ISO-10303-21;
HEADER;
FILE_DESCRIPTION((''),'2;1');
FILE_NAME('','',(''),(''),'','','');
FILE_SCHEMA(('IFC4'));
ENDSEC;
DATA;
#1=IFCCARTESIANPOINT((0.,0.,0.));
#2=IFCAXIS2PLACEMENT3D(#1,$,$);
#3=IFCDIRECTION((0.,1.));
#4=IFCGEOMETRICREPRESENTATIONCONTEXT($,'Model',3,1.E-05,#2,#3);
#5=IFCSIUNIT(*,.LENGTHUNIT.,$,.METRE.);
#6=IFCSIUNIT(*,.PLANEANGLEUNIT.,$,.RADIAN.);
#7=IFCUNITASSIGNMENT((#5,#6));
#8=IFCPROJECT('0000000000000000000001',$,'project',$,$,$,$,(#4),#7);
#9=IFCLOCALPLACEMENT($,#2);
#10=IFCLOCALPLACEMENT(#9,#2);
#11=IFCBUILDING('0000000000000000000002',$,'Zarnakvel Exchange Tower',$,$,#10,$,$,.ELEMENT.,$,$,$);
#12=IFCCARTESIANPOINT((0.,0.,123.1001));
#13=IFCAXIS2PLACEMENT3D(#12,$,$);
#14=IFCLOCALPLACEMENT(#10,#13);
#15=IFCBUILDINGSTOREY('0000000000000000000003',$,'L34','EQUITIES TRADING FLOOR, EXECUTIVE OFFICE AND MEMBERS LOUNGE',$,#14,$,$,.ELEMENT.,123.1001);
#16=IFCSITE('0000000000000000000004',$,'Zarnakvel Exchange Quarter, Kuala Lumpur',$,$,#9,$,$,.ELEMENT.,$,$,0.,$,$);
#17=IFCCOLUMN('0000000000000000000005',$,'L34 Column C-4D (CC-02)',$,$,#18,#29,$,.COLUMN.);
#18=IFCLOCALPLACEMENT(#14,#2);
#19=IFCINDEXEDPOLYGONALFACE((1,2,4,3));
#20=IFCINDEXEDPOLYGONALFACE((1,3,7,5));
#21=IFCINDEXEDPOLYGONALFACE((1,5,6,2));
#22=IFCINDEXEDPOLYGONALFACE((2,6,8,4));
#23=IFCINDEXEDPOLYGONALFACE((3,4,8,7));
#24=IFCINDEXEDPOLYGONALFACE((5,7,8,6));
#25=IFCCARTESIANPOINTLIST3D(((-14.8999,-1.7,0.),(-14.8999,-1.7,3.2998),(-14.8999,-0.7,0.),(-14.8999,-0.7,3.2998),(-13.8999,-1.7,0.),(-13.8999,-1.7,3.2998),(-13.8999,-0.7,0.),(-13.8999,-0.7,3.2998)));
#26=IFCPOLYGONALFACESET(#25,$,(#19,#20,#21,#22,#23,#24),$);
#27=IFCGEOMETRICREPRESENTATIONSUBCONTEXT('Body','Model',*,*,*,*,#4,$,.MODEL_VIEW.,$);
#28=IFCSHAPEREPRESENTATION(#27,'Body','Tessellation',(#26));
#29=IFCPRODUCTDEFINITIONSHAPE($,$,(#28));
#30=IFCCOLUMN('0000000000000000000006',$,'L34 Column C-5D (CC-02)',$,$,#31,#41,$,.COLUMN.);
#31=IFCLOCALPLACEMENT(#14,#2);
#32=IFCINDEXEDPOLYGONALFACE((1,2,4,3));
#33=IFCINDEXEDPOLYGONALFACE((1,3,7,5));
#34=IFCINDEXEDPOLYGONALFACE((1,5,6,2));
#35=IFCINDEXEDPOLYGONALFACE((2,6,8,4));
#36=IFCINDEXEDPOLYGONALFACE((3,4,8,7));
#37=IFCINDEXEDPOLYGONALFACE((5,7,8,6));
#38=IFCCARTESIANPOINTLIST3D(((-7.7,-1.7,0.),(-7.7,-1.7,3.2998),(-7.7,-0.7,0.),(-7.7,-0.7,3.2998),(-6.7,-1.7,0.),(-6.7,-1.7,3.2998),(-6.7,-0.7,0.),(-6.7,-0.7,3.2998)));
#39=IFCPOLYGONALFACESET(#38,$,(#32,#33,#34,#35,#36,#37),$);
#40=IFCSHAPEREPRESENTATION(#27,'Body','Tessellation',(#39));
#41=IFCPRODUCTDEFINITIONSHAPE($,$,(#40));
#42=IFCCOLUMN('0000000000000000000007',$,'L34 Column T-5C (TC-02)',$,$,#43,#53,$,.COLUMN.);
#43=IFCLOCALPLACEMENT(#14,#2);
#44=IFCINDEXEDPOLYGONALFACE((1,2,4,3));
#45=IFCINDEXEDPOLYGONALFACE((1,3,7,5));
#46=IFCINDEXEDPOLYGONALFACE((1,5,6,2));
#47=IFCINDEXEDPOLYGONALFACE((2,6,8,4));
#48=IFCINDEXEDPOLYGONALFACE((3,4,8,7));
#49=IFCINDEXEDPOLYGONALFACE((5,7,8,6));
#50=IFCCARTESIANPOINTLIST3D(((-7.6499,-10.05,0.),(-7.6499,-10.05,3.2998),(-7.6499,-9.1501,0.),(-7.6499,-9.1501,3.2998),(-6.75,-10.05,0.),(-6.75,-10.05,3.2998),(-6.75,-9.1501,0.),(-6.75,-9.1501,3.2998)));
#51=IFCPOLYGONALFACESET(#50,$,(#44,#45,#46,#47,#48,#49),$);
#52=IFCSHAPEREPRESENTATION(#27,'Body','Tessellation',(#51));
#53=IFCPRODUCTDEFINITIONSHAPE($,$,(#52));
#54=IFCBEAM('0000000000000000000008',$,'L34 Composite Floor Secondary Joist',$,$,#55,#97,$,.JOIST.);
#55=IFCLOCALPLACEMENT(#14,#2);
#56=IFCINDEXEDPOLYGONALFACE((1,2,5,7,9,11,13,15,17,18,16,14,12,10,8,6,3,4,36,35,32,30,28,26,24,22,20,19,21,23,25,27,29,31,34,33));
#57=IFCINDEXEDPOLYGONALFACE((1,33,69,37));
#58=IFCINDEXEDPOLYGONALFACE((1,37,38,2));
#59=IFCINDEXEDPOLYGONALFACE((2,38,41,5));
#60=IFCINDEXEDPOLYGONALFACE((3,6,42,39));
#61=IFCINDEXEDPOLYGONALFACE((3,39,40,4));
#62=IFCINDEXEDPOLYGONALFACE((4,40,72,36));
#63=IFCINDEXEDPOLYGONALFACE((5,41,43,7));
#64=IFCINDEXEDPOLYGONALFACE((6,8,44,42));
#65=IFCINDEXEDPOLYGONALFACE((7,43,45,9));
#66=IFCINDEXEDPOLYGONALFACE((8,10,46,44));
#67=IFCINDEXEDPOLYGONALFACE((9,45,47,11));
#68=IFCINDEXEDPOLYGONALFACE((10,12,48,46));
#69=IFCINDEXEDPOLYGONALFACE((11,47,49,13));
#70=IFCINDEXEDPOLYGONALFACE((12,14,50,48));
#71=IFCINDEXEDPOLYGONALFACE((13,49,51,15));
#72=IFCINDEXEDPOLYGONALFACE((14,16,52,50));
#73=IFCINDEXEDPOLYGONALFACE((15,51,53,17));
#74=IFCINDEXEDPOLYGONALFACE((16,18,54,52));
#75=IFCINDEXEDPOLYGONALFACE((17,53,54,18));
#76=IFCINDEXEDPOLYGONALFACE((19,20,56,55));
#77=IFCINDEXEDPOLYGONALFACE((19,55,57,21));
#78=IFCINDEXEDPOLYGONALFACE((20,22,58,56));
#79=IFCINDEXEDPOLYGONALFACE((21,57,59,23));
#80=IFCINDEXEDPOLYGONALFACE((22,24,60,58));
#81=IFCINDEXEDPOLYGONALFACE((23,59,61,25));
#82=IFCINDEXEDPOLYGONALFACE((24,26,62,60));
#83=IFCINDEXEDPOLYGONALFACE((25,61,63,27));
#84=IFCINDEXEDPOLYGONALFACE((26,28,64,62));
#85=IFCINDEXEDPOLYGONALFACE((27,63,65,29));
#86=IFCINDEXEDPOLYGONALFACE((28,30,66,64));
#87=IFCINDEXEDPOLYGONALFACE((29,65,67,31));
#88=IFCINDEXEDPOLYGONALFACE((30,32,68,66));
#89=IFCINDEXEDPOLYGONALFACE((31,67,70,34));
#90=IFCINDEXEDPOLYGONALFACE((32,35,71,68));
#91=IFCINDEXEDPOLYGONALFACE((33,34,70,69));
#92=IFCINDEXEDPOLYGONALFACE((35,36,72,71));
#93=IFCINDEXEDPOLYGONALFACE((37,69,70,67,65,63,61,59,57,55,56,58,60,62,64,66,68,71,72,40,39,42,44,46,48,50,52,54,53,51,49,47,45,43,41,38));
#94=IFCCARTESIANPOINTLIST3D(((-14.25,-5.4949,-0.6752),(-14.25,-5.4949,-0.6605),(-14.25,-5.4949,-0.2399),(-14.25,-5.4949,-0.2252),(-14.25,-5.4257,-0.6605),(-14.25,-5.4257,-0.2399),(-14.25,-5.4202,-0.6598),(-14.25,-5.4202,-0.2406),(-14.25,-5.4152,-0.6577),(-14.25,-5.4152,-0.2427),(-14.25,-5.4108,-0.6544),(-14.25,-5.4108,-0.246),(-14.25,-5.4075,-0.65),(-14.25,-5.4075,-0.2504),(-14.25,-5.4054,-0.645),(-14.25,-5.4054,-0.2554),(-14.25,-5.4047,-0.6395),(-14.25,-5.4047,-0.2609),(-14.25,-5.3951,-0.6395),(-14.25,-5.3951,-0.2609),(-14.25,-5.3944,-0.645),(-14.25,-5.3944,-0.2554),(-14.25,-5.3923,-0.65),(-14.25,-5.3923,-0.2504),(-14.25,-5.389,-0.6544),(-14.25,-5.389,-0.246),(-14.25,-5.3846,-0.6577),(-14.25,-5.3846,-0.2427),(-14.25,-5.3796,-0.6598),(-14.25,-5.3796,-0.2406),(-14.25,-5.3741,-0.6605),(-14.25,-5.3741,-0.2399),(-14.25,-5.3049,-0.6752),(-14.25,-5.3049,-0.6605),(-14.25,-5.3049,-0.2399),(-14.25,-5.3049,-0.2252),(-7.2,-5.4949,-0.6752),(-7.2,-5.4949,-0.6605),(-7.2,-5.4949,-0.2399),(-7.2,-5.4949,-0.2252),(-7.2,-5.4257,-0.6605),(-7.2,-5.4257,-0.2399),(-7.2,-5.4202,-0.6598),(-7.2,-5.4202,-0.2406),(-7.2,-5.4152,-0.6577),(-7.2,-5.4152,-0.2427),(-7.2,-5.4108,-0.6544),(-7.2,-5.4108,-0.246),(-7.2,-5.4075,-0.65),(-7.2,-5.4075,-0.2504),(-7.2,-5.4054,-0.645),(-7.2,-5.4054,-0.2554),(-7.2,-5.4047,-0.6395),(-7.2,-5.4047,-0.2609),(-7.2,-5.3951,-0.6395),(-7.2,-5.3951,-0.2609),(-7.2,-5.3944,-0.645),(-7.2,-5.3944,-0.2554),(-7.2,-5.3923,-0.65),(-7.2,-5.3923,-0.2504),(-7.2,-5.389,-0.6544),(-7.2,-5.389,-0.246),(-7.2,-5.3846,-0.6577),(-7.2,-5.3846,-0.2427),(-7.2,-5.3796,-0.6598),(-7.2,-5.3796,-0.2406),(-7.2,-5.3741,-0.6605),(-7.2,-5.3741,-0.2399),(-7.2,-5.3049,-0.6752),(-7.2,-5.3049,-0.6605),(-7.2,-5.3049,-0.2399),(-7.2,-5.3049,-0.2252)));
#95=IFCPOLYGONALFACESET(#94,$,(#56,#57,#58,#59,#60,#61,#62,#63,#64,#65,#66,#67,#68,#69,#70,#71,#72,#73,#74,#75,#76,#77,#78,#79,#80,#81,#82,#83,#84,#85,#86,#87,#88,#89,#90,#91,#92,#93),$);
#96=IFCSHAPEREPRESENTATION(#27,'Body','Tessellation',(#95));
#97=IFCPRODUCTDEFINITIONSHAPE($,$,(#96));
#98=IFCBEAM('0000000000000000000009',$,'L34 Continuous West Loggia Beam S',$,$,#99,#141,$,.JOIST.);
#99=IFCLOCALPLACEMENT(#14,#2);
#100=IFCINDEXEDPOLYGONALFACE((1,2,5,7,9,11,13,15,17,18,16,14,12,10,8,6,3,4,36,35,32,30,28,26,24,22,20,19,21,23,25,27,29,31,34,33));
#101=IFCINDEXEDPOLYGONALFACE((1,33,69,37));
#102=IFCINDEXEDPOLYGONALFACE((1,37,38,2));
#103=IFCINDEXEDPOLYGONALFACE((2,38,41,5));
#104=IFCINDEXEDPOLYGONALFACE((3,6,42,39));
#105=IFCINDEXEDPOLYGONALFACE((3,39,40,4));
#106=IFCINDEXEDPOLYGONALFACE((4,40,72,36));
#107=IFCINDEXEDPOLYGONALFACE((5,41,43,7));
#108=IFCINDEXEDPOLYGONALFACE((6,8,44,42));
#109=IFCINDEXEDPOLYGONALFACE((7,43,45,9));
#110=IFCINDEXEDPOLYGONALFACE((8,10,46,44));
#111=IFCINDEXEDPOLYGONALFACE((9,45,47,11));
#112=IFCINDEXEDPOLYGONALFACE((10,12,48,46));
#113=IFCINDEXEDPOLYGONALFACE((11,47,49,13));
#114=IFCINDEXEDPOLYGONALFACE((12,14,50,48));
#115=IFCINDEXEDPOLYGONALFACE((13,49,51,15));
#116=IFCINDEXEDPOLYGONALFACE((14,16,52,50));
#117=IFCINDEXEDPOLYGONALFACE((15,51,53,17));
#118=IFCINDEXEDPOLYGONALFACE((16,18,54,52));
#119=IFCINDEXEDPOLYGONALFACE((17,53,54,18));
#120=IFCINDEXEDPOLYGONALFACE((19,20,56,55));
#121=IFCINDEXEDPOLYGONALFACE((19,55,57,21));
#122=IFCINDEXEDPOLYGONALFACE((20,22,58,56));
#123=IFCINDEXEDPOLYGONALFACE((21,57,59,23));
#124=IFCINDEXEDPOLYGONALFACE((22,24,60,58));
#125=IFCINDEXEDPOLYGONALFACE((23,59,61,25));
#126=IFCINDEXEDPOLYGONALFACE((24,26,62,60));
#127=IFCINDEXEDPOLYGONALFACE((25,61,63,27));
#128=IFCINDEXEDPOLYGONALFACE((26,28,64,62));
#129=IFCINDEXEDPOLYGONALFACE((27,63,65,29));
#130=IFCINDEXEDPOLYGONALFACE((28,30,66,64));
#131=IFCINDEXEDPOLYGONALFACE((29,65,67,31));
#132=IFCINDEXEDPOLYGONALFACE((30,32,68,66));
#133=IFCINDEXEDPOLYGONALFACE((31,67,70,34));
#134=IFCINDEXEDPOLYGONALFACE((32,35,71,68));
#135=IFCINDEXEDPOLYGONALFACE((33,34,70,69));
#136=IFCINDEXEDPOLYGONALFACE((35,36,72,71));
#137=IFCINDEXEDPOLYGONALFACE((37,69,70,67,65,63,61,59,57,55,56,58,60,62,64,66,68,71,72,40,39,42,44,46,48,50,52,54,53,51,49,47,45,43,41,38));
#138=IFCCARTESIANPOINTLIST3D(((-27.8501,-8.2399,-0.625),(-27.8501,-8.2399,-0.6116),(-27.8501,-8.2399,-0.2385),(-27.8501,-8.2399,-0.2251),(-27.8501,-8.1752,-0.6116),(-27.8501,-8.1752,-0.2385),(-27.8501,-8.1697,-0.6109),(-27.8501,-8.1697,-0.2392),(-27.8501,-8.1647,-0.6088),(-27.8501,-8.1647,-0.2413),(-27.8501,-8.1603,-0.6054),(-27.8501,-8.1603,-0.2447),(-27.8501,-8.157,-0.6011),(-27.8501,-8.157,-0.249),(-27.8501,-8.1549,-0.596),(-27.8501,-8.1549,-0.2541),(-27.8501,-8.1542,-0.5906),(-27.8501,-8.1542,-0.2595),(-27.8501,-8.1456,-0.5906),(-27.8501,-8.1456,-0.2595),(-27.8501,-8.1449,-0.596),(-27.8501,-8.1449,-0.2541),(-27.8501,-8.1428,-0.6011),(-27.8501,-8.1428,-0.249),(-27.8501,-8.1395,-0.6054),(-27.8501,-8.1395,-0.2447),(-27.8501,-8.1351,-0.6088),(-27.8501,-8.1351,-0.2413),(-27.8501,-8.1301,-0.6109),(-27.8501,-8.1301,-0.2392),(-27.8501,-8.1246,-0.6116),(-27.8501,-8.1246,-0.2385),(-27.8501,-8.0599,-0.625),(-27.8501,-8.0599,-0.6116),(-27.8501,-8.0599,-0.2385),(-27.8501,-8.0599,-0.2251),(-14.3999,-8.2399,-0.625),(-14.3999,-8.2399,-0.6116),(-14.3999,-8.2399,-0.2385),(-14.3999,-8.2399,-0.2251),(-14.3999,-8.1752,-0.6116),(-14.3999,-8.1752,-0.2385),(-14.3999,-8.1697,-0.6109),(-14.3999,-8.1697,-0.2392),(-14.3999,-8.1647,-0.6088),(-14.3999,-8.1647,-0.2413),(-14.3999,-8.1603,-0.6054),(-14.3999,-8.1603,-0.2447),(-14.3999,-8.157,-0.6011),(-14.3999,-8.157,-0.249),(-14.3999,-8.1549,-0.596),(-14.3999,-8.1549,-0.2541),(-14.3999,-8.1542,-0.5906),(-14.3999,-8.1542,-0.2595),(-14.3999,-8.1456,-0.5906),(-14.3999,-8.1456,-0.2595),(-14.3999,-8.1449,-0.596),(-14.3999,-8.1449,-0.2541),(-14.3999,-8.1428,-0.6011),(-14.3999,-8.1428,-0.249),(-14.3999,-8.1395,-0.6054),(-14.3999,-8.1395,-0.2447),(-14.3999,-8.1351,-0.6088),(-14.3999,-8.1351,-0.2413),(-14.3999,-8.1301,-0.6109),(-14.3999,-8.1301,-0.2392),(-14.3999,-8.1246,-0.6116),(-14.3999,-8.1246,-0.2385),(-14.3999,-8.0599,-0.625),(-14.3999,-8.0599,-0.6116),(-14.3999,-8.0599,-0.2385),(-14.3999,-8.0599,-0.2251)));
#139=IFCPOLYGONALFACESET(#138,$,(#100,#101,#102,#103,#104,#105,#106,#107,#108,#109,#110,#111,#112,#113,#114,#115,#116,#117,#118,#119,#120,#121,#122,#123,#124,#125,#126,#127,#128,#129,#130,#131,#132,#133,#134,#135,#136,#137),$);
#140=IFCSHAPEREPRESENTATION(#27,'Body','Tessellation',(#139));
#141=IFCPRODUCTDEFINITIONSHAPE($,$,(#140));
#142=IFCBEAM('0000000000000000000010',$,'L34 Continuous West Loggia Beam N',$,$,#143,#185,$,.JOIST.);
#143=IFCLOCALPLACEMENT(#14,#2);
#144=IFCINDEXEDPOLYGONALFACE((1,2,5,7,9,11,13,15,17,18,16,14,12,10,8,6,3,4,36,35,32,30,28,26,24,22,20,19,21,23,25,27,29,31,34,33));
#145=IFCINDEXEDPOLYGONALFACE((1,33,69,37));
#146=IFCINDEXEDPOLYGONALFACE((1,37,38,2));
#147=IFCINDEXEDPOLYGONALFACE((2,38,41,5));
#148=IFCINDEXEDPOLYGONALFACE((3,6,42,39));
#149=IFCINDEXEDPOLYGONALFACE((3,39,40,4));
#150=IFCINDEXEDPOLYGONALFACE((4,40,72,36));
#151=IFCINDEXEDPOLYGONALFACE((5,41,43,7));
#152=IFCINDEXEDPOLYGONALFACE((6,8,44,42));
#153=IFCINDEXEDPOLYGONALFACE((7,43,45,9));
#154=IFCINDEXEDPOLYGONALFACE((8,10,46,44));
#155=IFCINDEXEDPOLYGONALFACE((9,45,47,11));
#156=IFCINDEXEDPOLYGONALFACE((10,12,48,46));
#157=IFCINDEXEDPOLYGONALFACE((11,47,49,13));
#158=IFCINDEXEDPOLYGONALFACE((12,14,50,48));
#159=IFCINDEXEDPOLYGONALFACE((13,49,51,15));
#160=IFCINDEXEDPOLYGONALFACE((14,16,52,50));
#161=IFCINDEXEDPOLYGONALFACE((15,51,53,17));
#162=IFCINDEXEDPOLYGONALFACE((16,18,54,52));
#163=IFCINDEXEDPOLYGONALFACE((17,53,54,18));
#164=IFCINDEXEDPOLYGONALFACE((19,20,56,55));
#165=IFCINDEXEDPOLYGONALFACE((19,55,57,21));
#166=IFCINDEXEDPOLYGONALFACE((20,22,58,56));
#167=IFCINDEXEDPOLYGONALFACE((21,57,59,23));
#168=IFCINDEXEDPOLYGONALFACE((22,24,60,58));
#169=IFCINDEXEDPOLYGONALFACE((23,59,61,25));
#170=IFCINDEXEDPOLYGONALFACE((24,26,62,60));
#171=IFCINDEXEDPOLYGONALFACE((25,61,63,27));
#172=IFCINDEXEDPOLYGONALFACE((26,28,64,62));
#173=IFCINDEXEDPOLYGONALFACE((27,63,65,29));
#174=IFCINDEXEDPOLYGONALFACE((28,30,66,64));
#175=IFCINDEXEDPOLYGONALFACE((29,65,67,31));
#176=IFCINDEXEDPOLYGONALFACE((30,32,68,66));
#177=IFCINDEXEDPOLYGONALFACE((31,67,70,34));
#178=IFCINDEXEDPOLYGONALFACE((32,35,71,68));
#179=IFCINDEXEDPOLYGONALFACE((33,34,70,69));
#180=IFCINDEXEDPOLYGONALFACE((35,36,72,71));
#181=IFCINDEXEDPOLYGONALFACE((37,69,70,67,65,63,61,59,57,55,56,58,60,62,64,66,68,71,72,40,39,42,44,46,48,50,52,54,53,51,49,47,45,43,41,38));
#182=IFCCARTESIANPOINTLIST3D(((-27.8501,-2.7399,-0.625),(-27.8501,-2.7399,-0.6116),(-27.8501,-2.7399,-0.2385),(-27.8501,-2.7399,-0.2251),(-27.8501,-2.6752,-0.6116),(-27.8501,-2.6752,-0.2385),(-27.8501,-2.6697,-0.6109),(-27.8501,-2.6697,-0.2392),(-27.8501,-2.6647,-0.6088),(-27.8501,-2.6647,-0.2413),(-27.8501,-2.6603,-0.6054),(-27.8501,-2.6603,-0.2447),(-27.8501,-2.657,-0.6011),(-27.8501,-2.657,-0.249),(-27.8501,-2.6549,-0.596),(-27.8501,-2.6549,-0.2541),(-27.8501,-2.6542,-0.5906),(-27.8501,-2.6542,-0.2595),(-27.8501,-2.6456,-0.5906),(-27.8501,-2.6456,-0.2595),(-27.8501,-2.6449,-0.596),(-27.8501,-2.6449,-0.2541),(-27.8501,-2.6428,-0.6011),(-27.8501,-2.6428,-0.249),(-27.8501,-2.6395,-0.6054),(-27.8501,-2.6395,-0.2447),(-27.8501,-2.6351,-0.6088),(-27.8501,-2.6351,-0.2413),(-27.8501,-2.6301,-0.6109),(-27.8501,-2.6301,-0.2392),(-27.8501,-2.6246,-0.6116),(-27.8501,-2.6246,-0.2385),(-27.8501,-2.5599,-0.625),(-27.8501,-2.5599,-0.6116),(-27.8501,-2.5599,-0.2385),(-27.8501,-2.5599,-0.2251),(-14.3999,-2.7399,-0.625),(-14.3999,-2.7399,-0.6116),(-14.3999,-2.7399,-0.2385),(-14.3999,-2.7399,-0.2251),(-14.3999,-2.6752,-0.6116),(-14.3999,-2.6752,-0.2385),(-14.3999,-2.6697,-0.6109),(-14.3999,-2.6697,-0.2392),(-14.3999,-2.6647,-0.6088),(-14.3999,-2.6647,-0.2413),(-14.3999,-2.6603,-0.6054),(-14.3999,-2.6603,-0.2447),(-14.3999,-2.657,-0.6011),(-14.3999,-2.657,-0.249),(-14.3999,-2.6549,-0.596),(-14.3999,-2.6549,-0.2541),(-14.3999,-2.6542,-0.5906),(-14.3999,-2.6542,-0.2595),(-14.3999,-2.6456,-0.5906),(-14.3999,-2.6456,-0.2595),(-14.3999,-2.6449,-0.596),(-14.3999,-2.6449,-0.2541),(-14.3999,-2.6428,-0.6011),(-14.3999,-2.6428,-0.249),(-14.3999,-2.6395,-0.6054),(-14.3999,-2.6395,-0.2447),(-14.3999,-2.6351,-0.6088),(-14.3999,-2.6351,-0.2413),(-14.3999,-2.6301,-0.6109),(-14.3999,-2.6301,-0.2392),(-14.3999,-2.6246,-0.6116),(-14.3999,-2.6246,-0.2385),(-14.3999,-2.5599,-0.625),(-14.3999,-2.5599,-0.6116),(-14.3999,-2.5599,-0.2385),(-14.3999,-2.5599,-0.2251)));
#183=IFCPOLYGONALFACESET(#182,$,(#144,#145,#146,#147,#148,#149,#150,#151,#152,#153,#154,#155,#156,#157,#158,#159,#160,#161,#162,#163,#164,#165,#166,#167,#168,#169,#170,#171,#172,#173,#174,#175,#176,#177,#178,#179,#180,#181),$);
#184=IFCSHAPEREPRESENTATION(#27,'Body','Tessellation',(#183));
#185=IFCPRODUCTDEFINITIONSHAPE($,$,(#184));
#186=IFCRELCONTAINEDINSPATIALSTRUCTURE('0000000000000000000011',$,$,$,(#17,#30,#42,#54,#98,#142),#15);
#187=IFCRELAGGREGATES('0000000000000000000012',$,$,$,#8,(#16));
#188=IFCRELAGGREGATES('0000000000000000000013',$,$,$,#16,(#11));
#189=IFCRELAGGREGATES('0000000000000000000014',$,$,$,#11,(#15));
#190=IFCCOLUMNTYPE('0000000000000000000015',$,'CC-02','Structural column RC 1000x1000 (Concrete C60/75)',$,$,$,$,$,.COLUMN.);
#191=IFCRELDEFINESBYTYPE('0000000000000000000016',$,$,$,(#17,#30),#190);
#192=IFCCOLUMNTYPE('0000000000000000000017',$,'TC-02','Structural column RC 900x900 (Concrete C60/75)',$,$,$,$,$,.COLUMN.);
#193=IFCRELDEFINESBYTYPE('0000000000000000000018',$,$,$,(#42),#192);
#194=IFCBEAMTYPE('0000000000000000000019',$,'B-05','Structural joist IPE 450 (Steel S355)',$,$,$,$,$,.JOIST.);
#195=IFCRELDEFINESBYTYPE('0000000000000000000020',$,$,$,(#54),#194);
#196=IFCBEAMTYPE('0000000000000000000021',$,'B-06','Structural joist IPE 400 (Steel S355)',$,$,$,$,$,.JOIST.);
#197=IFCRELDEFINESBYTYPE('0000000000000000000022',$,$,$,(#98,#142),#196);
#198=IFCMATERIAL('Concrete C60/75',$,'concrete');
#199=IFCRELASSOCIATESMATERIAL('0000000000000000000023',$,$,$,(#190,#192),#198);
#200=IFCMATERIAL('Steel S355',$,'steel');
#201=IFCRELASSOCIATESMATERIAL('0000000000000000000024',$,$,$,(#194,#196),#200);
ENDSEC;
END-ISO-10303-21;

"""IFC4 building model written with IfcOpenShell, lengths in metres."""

from ifc_helpers import new_model, si_unit, direction, frame, origin, origin_2d, place, context, subcontext, project, spatial, rectangle, i_section, extrude, material, material_profile, profile_set, type_object, element, save


model = new_model("IFC4")

# Units and contexts
model_context = context("Model", 3, precision=1e-05, world=origin(), true_north=direction((0.0, 1.0)))
body_context = subcontext(model_context, "Body", "Model", "MODEL_VIEW")
ifc_project = project(units=[si_unit("LENGTHUNIT", "METRE"), si_unit("PLANEANGLEUNIT", "RADIAN")], contexts=[model_context])

# Site, building, storey
site_placement = place(None, origin())
site = spatial("IfcSite", under=ifc_project, at=site_placement, Name="Zarnakvel Exchange Quarter, Kuala Lumpur", CompositionType="ELEMENT", RefElevation=0.0)
building_placement = place(site_placement, origin())
building = spatial("IfcBuilding", under=site, at=building_placement, Name="Zarnakvel Exchange Tower", CompositionType="ELEMENT")
storey_placement = place(building_placement, frame((0.0, 0.0, 123.1001)))
storey = spatial("IfcBuildingStorey", under=building, at=storey_placement, Name="L34", Description="EQUITIES TRADING FLOOR, EXECUTIVE OFFICE AND MEMBERS LOUNGE", CompositionType="ELEMENT", Elevation=123.1001)

# Columns
ifc_material_1 = material(Name="Concrete C60/75", Category="concrete")
ifc_material_profile_1 = material_profile(ifc_material_1, rectangle(XDim=1.0, YDim=1.0, at=origin_2d()))
ifc_profile_set_1 = profile_set([ifc_material_profile_1], Name="Concrete C60/75")
column_type_1 = type_object("IfcColumnType", Name="CC-02", Description="Structural column RC 1000x1000 (Concrete C60/75)", PredefinedType="COLUMN", material=ifc_profile_set_1)
for number, where, z_axis, x_axis, name in (
    (1, (-14.3999, -1.2, 0.0), (0.0, 0.0, 1.0), (1.0, 0.0, 0.0), "L34 Column C-4D (CC-02)"),
    (2, (-7.2, -1.2, 0.0), (0.0, 0.0, 1.0), (1.0, 0.0, 0.0), "L34 Column C-5D (CC-02)"),
):
    element("IfcColumn", number, at=place(storey_placement, frame(where, z_axis=z_axis, x_axis=x_axis)), inside=storey, type_object=column_type_1, Name=name, PredefinedType="COLUMN", context=body_context, shape_type="SweptSolid", body=[
        extrude(rectangle(XDim=1.0, YDim=1.0, at=origin_2d()), origin(), (0.0, 0.0, 1.0), 3.2998),
    ])
ifc_material_profile_2 = material_profile(ifc_material_1, rectangle(XDim=0.8999, YDim=0.8999, at=origin_2d()))
ifc_profile_set_2 = profile_set([ifc_material_profile_2], Name="Concrete C60/75")
column_type_2 = type_object("IfcColumnType", Name="TC-02", Description="Structural column RC 900x900 (Concrete C60/75)", PredefinedType="COLUMN", material=ifc_profile_set_2)
column_placement = place(storey_placement, frame((-7.2, -9.6001, 0.0), z_axis=(0.0, 0.0, 1.0), x_axis=(1.0, 0.0, 0.0)))
element("IfcColumn", 3, at=column_placement, inside=storey, type_object=column_type_2, Name="L34 Column T-5C (TC-02)", PredefinedType="COLUMN", context=body_context, shape_type="SweptSolid", body=[
    extrude(rectangle(XDim=0.8999, YDim=0.8999, at=origin_2d()), origin(), (0.0, 0.0, 1.0), 3.2998),
])

# Beams
ifc_material_2 = material(Name="Steel S355", Category="steel")
ifc_material_profile_3 = material_profile(ifc_material_2, i_section(OverallWidth=0.1899, OverallDepth=0.45, WebThickness=0.0095, FlangeThickness=0.0146, FilletRadius=0.021, at=origin_2d()))
ifc_profile_set_3 = profile_set([ifc_material_profile_3], Name="Steel S355")
beam_type_1 = type_object("IfcBeamType", Name="B-05", Description="Structural joist IPE 450 (Steel S355)", PredefinedType="JOIST", material=ifc_profile_set_3)
beam_1_placement = place(storey_placement, frame((-14.25, -5.3999, -0.4502), z_axis=(1.0, 0.0, 0.0), x_axis=(0.0, 1.0, 0.0)))
element("IfcBeam", 4, at=beam_1_placement, inside=storey, type_object=beam_type_1, Name="L34 Composite Floor Secondary Joist", PredefinedType="JOIST", context=body_context, shape_type="SweptSolid", body=[
    extrude(i_section(OverallWidth=0.1899, OverallDepth=0.45, WebThickness=0.0095, FlangeThickness=0.0146, FilletRadius=0.021, at=origin_2d()), origin(), (0.0, 0.0, 1.0), 7.05),
])
ifc_material_profile_4 = material_profile(ifc_material_2, i_section(OverallWidth=0.1799, OverallDepth=0.3999, WebThickness=0.0085, FlangeThickness=0.0134, FilletRadius=0.021, at=origin_2d()))
ifc_profile_set_4 = profile_set([ifc_material_profile_4], Name="Steel S355")
beam_type_2 = type_object("IfcBeamType", Name="B-06", Description="Structural joist IPE 400 (Steel S355)", PredefinedType="JOIST", material=ifc_profile_set_4)
for number, where, z_axis, x_axis, name in (
    (5, (-14.3999, -8.1499, -0.425), (-1.0, 0.0, 0.0), (0.0, -1.0, 0.0), "L34 Continuous West Loggia Beam S"),
    (6, (-14.3999, -2.6499, -0.425), (-1.0, 0.0, 0.0), (0.0, -1.0, 0.0), "L34 Continuous West Loggia Beam N"),
):
    element("IfcBeam", number, at=place(storey_placement, frame(where, z_axis=z_axis, x_axis=x_axis)), inside=storey, type_object=beam_type_2, Name=name, PredefinedType="JOIST", context=body_context, shape_type="SweptSolid", body=[
        extrude(i_section(OverallWidth=0.1799, OverallDepth=0.3999, WebThickness=0.0085, FlangeThickness=0.0134, FilletRadius=0.021, at=origin_2d()), origin(), (0.0, 0.0, 1.0), 13.4502),
    ])

save(model, "model.ifc")
